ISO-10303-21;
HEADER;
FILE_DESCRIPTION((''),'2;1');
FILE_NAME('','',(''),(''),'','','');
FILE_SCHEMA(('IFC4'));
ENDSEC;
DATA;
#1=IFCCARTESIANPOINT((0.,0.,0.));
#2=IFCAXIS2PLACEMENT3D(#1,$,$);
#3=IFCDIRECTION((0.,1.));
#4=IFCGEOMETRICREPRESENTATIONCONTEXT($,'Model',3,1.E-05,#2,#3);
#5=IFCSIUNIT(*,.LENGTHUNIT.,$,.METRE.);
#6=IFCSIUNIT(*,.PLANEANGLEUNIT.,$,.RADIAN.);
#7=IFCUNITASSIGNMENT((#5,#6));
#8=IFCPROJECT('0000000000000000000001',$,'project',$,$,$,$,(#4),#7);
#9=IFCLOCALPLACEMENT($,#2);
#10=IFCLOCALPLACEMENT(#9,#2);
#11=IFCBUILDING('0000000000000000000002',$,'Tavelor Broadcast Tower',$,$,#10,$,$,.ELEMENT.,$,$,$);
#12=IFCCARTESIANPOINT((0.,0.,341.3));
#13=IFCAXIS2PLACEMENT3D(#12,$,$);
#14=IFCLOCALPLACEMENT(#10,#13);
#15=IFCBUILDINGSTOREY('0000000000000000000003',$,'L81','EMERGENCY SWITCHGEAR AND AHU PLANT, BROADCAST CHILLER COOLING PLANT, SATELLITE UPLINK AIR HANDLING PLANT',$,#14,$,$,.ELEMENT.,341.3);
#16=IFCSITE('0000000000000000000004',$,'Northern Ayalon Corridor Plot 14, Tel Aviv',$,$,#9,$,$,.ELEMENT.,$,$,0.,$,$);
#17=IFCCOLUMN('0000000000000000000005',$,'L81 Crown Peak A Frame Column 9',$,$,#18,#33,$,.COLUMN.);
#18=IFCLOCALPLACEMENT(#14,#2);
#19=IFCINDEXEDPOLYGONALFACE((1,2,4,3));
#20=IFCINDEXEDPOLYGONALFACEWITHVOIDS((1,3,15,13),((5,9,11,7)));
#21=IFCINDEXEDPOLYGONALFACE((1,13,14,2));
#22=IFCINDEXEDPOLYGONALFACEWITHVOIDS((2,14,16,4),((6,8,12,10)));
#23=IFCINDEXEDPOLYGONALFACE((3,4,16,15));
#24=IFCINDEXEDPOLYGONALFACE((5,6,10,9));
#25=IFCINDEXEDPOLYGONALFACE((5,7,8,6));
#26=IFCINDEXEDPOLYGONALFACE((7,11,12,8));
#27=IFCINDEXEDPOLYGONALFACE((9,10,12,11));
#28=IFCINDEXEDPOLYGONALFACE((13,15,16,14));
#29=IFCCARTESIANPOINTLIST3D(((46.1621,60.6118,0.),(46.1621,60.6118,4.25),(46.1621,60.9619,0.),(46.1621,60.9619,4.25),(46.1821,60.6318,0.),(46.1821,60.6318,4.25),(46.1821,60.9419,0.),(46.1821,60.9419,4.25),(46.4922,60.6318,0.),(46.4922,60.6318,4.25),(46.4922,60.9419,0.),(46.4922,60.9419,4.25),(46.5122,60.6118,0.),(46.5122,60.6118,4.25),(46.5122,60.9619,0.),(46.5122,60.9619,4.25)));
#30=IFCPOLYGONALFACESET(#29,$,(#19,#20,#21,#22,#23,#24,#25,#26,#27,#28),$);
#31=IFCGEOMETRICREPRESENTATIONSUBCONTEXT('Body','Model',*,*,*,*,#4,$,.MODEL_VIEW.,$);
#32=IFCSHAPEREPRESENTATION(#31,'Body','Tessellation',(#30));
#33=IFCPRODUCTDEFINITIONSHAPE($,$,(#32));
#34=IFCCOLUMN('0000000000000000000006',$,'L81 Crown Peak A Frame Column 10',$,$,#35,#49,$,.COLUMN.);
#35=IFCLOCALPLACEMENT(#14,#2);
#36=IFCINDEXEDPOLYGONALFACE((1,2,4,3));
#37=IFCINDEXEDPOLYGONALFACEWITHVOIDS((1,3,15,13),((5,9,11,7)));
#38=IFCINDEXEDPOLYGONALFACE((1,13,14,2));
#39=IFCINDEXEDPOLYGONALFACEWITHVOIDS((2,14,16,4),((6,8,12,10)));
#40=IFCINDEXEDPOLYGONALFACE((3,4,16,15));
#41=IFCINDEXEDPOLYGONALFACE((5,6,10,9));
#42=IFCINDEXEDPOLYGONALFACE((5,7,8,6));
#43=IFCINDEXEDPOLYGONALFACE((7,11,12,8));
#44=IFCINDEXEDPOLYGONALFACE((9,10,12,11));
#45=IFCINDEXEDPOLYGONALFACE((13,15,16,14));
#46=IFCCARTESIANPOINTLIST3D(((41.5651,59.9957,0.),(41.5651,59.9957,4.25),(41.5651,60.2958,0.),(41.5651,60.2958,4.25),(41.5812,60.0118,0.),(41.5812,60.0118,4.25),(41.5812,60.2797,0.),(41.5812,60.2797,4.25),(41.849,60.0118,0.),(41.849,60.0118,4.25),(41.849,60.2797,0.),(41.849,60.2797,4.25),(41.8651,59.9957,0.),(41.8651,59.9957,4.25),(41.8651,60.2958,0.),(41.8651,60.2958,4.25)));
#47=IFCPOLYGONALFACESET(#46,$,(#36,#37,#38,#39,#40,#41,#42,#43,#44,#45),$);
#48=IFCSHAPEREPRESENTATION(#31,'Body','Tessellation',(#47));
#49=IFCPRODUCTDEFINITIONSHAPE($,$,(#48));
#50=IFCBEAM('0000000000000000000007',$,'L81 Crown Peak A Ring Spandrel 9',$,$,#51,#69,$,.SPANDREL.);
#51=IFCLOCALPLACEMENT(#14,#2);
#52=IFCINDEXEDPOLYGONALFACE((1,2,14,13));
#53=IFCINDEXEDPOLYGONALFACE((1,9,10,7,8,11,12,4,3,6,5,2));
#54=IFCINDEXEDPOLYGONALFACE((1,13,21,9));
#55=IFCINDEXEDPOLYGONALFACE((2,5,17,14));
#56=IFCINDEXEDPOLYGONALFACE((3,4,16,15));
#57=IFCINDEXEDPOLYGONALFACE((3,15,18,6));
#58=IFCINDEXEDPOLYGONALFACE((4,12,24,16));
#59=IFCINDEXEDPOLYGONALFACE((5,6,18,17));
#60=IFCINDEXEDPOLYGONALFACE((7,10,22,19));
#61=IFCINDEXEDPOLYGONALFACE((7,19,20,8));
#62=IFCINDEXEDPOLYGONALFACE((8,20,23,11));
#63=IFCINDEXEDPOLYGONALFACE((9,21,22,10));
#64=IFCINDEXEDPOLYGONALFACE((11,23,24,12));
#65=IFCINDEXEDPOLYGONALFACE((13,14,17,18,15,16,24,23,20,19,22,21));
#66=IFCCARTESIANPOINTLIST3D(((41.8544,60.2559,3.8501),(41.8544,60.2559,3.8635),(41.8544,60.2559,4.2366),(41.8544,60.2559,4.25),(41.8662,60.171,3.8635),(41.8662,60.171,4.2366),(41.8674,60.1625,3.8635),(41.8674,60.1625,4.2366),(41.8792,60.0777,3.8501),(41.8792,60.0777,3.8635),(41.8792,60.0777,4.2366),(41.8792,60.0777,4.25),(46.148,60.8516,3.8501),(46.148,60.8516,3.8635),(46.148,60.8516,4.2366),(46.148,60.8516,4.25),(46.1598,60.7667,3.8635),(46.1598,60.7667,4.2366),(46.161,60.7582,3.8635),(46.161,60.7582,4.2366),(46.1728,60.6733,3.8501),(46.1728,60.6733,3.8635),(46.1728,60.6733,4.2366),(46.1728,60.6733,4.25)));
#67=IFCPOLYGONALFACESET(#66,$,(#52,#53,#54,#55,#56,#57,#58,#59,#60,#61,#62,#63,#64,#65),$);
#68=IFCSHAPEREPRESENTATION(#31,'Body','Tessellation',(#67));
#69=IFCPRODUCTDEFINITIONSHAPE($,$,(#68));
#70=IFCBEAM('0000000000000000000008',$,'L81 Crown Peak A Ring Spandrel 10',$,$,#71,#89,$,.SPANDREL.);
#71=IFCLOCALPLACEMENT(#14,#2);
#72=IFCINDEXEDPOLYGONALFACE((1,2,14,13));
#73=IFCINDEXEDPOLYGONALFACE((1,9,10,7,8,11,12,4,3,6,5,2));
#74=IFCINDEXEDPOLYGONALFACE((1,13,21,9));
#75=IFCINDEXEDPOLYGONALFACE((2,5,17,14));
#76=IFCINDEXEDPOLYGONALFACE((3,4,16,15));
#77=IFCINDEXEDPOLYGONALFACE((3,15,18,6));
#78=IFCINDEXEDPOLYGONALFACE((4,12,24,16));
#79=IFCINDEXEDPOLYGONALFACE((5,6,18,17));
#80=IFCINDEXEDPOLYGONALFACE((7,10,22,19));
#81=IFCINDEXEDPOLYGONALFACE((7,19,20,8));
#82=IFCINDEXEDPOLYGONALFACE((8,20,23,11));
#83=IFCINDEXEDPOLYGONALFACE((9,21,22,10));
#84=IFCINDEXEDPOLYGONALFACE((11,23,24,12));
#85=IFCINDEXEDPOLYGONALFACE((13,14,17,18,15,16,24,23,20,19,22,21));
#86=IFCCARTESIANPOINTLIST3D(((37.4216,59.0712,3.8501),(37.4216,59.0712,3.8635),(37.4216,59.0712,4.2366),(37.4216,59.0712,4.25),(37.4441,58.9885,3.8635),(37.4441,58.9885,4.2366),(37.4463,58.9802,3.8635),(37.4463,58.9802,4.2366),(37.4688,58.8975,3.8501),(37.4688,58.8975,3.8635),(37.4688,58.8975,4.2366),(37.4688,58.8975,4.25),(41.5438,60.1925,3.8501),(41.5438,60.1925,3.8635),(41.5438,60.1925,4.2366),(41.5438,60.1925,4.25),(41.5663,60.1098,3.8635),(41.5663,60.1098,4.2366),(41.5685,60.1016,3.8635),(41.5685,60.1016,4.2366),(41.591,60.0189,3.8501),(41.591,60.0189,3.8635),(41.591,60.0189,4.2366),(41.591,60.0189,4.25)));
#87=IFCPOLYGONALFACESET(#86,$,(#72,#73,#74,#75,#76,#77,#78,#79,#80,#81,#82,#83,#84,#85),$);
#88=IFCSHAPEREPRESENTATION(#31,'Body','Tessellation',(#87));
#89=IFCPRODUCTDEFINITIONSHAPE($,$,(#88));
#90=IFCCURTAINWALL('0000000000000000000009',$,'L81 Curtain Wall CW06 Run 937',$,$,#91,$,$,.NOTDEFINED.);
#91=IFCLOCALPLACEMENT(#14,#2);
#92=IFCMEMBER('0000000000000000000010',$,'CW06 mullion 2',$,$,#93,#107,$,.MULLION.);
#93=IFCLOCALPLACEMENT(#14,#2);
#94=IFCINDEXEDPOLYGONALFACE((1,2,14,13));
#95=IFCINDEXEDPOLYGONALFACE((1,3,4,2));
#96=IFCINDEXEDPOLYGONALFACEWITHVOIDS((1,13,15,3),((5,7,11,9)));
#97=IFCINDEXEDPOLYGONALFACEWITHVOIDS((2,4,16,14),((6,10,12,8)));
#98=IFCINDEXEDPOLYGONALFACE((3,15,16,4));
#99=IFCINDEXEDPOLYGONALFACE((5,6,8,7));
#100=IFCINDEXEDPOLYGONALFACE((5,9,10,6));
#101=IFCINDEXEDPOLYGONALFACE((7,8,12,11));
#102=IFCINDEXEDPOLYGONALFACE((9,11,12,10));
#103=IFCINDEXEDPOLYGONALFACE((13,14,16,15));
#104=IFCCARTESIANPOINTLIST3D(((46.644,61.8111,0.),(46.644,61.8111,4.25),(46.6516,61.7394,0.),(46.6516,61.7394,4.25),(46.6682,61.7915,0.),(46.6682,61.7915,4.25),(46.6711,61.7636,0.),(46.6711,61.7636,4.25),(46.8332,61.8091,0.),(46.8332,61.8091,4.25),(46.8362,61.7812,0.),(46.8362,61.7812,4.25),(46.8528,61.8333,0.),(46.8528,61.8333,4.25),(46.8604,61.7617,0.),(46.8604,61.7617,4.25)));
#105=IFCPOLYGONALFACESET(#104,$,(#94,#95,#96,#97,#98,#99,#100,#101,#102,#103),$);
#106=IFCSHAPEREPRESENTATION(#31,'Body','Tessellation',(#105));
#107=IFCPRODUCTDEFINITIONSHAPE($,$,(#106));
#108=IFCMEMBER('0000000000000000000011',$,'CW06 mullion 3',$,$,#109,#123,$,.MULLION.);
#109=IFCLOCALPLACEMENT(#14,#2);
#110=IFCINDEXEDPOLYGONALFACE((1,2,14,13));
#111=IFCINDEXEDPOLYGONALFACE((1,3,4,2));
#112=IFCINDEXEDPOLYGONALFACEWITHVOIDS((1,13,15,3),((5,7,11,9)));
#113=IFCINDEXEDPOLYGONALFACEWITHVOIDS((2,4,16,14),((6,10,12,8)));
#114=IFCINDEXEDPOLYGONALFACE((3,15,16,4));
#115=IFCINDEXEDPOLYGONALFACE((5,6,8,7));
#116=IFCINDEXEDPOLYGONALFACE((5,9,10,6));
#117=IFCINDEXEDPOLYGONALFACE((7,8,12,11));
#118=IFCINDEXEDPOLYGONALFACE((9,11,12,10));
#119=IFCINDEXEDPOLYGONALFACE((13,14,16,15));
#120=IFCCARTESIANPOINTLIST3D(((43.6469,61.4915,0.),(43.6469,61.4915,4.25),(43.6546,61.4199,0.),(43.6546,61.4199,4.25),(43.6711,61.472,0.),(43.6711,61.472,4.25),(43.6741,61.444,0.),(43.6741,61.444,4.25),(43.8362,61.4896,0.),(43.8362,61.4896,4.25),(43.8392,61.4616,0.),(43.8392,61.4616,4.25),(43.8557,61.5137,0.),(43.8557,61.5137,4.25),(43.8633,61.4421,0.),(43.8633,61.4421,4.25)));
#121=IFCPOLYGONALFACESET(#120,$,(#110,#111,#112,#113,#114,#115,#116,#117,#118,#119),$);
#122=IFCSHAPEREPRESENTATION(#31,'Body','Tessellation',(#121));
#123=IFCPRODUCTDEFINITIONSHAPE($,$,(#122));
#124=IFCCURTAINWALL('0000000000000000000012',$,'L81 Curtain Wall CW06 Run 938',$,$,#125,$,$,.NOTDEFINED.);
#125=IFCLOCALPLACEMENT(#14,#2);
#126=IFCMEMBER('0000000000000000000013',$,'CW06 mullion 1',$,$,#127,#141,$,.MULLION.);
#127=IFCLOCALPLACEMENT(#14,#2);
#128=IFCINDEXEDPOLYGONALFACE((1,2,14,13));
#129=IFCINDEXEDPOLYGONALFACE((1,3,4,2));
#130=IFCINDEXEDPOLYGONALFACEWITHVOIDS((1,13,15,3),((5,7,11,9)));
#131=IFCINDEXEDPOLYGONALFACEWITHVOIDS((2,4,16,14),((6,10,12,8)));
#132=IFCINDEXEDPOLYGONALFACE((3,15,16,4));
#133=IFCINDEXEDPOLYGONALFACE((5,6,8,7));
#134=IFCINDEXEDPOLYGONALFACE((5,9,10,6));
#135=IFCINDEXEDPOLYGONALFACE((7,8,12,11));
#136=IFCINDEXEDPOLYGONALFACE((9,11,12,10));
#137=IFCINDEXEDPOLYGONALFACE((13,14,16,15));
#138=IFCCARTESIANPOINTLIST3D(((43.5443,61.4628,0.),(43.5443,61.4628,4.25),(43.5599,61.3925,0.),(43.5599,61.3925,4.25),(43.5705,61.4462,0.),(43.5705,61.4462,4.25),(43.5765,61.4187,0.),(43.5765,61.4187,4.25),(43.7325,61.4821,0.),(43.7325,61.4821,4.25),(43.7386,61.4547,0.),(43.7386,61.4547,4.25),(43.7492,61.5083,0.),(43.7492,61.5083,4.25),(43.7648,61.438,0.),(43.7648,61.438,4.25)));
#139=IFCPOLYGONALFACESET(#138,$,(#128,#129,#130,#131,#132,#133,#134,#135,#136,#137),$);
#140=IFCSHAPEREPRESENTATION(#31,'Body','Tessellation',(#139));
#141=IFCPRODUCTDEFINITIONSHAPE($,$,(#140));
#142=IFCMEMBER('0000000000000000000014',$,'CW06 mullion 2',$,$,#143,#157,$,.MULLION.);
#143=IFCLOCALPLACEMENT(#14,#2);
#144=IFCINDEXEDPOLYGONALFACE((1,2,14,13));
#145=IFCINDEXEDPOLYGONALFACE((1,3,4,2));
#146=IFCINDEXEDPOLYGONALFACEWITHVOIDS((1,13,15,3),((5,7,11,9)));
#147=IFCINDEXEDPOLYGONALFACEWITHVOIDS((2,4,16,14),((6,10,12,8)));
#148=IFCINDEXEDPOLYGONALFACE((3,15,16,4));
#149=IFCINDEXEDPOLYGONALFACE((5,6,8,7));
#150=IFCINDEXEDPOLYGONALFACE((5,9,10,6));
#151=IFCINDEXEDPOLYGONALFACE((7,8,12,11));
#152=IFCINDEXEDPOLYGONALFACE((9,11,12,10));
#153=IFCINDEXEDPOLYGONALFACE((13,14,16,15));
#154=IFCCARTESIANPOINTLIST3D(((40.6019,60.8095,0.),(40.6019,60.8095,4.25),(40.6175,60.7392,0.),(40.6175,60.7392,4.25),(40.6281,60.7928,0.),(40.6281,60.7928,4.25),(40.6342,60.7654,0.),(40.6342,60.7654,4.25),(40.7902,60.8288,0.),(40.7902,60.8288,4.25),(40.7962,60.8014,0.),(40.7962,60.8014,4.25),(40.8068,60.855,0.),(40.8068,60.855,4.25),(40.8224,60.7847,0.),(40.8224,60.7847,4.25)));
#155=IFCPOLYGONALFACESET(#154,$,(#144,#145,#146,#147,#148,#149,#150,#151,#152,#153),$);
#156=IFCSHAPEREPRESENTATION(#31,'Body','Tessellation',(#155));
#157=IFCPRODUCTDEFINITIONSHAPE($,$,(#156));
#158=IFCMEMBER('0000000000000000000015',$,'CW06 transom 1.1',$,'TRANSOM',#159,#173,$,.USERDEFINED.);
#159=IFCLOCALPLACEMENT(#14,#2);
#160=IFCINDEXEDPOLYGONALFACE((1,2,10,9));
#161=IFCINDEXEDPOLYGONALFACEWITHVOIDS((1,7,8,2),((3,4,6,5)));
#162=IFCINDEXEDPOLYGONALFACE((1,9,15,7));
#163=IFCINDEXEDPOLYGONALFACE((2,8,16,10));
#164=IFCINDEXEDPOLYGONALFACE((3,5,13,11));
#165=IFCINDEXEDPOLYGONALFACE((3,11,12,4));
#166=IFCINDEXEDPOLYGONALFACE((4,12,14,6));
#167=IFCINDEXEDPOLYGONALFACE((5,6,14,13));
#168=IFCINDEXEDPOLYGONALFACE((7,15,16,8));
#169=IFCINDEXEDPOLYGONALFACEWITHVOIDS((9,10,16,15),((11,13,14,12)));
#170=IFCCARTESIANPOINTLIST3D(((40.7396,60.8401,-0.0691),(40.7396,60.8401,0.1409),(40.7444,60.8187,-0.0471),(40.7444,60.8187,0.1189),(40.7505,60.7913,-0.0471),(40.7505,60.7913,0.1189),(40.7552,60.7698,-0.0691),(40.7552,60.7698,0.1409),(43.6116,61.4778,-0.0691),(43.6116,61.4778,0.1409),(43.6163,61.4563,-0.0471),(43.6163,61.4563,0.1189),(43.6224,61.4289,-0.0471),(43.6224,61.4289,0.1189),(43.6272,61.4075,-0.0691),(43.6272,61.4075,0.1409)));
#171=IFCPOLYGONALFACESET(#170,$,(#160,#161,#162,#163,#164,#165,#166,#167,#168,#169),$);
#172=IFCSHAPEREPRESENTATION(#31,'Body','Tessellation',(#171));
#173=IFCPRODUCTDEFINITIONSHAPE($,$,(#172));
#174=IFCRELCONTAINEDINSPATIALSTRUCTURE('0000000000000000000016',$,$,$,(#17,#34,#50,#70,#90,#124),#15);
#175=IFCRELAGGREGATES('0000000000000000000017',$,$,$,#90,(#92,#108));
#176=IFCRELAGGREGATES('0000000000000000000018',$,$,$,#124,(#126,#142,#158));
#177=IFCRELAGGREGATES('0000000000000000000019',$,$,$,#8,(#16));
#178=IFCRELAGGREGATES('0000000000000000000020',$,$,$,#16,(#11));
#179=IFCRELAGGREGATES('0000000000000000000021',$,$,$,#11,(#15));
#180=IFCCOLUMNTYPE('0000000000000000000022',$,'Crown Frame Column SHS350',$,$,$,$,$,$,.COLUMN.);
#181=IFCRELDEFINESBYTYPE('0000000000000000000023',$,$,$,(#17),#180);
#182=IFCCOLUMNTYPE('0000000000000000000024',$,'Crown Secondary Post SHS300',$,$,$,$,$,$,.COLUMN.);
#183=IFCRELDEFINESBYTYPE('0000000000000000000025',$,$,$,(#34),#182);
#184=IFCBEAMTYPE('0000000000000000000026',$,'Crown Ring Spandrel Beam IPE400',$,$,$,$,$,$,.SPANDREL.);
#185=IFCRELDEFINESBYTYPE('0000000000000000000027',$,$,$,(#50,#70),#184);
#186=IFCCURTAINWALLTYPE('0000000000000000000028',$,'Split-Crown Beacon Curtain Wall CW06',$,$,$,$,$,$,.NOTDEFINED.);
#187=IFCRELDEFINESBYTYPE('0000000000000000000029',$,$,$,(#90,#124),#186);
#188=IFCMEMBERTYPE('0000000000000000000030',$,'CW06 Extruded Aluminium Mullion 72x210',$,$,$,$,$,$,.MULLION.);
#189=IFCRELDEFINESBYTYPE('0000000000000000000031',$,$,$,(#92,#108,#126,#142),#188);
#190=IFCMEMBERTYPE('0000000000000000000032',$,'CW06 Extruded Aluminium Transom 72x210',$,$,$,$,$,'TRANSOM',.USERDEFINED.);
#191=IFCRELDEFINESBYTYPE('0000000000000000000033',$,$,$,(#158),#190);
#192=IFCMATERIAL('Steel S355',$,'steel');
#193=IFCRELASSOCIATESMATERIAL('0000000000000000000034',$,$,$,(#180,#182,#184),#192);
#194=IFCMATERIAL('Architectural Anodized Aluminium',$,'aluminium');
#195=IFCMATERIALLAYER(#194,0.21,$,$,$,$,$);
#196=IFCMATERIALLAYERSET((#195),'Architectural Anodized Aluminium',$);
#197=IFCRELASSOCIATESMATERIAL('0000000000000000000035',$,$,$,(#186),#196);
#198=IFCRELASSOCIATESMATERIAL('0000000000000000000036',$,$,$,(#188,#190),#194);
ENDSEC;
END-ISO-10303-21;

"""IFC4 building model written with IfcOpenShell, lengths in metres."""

from ifc_helpers import new_model, si_unit, direction, frame, origin, origin_2d, place, context, subcontext, project, spatial, hollow_rectangle, i_section, extrude, source, transform, mapped, material, layer, layer_set, material_profile, profile_set, type_object, type_shapes, element, aggregate, save


model = new_model("IFC4")

# Units and contexts
model_context = context("Model", 3, precision=1e-05, world=origin(), true_north=direction((0.0, 1.0)))
body_context = subcontext(model_context, "Body", "Model", "MODEL_VIEW")
ifc_project = project(units=[si_unit("LENGTHUNIT", "METRE"), si_unit("PLANEANGLEUNIT", "RADIAN")], contexts=[model_context])

# Site, building, storey
site_placement = place(None, origin())
site = spatial("IfcSite", under=ifc_project, at=site_placement, Name="Northern Ayalon Corridor Plot 14, Tel Aviv", CompositionType="ELEMENT", RefElevation=0.0)
building_placement = place(site_placement, origin())
building = spatial("IfcBuilding", under=site, at=building_placement, Name="Tavelor Broadcast Tower", CompositionType="ELEMENT")
storey_placement = place(building_placement, frame((0.0, 0.0, 341.3)))
storey = spatial("IfcBuildingStorey", under=building, at=storey_placement, Name="L81", Description="EMERGENCY SWITCHGEAR AND AHU PLANT, BROADCAST CHILLER COOLING PLANT, SATELLITE UPLINK AIR HANDLING PLANT", CompositionType="ELEMENT", Elevation=341.3)

# Columns
ifc_material_1 = material(Name="Steel S355", Category="steel")
ifc_material_profile_1 = material_profile(ifc_material_1, hollow_rectangle(XDim=0.3501, YDim=0.3501, WallThickness=0.02, at=origin_2d()), Name="SHS 350x350x20")
ifc_profile_set_1 = profile_set([ifc_material_profile_1], Name="Steel S355")
column_type_1 = type_object("IfcColumnType", Name="Crown Frame Column SHS350", PredefinedType="COLUMN", material=ifc_profile_set_1)
column_1_placement = place(storey_placement, frame((46.3372, 60.7869, 0.0), z_axis=(0.0, 0.0, 1.0), x_axis=(1.0, 0.0, 0.0)))
element("IfcColumn", 1, at=column_1_placement, inside=storey, type_object=column_type_1, Name="L81 Crown Peak A Frame Column 9", PredefinedType="COLUMN", context=body_context, shape_type="SweptSolid", body=[
    extrude(hollow_rectangle(XDim=0.3501, YDim=0.3501, WallThickness=0.02, at=origin_2d()), origin(), (0.0, 0.0, 1.0), 4.25),
])
ifc_material_profile_2 = material_profile(ifc_material_1, hollow_rectangle(XDim=0.3, YDim=0.3, WallThickness=0.0161, at=origin_2d()), Name="SHS 300x300x16")
ifc_profile_set_2 = profile_set([ifc_material_profile_2], Name="Steel S355")
column_type_2 = type_object("IfcColumnType", Name="Crown Secondary Post SHS300", PredefinedType="COLUMN", material=ifc_profile_set_2)
column_2_placement = place(storey_placement, frame((41.7151, 60.1458, 0.0), z_axis=(0.0, 0.0, 1.0), x_axis=(1.0, 0.0, 0.0)))
element("IfcColumn", 2, at=column_2_placement, inside=storey, type_object=column_type_2, Name="L81 Crown Peak A Frame Column 10", PredefinedType="COLUMN", context=body_context, shape_type="SweptSolid", body=[
    extrude(hollow_rectangle(XDim=0.3, YDim=0.3, WallThickness=0.0161, at=origin_2d()), origin(), (0.0, 0.0, 1.0), 4.25),
])

# Beams
ifc_material_profile_3 = material_profile(ifc_material_1, i_section(OverallWidth=0.1799, OverallDepth=0.3999, WebThickness=0.0085, FlangeThickness=0.0134, at=origin_2d()), Name="IPE 400")
ifc_profile_set_3 = profile_set([ifc_material_profile_3], Name="Steel S355")
beam_type = type_object("IfcBeamType", Name="Crown Ring Spandrel Beam IPE400", PredefinedType="SPANDREL", material=ifc_profile_set_3)
beam_1_placement = place(storey_placement, frame((46.1604, 60.7625, 4.05), z_axis=(-0.990513, -0.137423, 0.0), x_axis=(0.137423, -0.990513, 0.0)))
element("IfcBeam", 3, at=beam_1_placement, inside=storey, type_object=beam_type, Name="L81 Crown Peak A Ring Spandrel 9", PredefinedType="SPANDREL", context=body_context, shape_type="SweptSolid", body=[
    extrude(i_section(OverallWidth=0.1799, OverallDepth=0.3999, WebThickness=0.0085, FlangeThickness=0.0134, at=origin_2d()), origin(), (0.0, 0.0, 1.0), 4.3347),
])
beam_2_placement = place(storey_placement, frame((41.5674, 60.1057, 4.05), z_axis=(-0.964934, -0.262494, 0.0), x_axis=(0.262494, -0.964934, 0.0)))
element("IfcBeam", 4, at=beam_2_placement, inside=storey, type_object=beam_type, Name="L81 Crown Peak A Ring Spandrel 10", PredefinedType="SPANDREL", context=body_context, shape_type="SweptSolid", body=[
    extrude(i_section(OverallWidth=0.1799, OverallDepth=0.3999, WebThickness=0.0085, FlangeThickness=0.0134, at=origin_2d()), origin(), (0.0, 0.0, 1.0), 4.272),
])

# Curtain walls, members
ifc_material_2 = material(Name="Architectural Anodized Aluminium", Category="aluminium")
ifc_layer_1 = layer(ifc_material_2, 0.21)
ifc_layer_set_1 = layer_set([ifc_layer_1], Name="Architectural Anodized Aluminium")
curtain_wall_type = type_object("IfcCurtainWallType", Name="Split-Crown Beacon Curtain Wall CW06", PredefinedType="NOTDEFINED", material=ifc_layer_set_1)
curtain_wall_1_placement = place(storey_placement, origin())
curtain_wall_1 = element("IfcCurtainWall", 5, at=curtain_wall_1_placement, inside=storey, type_object=curtain_wall_type, Name="L81 Curtain Wall CW06 Run 937", PredefinedType="NOTDEFINED")
ifc_material_profile_4 = material_profile(ifc_material_2, hollow_rectangle(XDim=0.072, YDim=0.21, WallThickness=0.022, at=origin_2d()), Name="RHS 72x210x22")
ifc_profile_set_4 = profile_set([ifc_material_profile_4], Name="Architectural Anodized Aluminium")
member_type_1 = type_object("IfcMemberType", Name="CW06 Extruded Aluminium Mullion 72x210", PredefinedType="MULLION", material=ifc_profile_set_4)
shared_shape_1 = source(origin(), body_context, "Body", "SweptSolid", [
    extrude(hollow_rectangle(XDim=0.072, YDim=0.21, WallThickness=0.022, at=origin_2d()), origin(), (0.0, 0.0, 1.0), 4.25),
])
type_shapes(member_type_1, [shared_shape_1])
member_1_placement = place(storey_placement, frame((46.7522, 61.7864, 0.0), z_axis=(0.0, 0.0, 1.0), x_axis=(0.105995, -0.994367, 0.0)))
member_1 = element("IfcMember", 6, at=member_1_placement, type_object=member_type_1, Name="CW06 mullion 2", PredefinedType="MULLION", context=body_context, shape_type="MappedRepresentation", body=[
    mapped(shared_shape_1, transform((0.0, 0.0, 0.0), scale=1.0)),
])
member_2_placement = place(storey_placement, frame((43.7551, 61.4668, 0.0), z_axis=(0.0, 0.0, 1.0), x_axis=(0.105995, -0.994367, 0.0)))
member_2 = element("IfcMember", 7, at=member_2_placement, type_object=member_type_1, Name="CW06 mullion 3", PredefinedType="MULLION", context=body_context, shape_type="MappedRepresentation", body=[
    mapped(shared_shape_1, transform((0.0, 0.0, 0.0), scale=1.0)),
])
curtain_wall_2_placement = place(storey_placement, origin())
curtain_wall_2 = element("IfcCurtainWall", 8, at=curtain_wall_2_placement, inside=storey, type_object=curtain_wall_type, Name="L81 Curtain Wall CW06 Run 938", PredefinedType="NOTDEFINED")
member_3_placement = place(storey_placement, frame((43.6545, 61.4504, 0.0), z_axis=(0.0, 0.0, 1.0), x_axis=(0.216712, -0.976236, 0.0)))
member_3 = element("IfcMember", 9, at=member_3_placement, type_object=member_type_1, Name="CW06 mullion 1", PredefinedType="MULLION", context=body_context, shape_type="MappedRepresentation", body=[
    mapped(shared_shape_1, transform((0.0, 0.0, 0.0), scale=1.0)),
])
member_4_placement = place(storey_placement, frame((40.7122, 60.7971, 0.0), z_axis=(0.0, 0.0, 1.0), x_axis=(0.216712, -0.976236, 0.0)))
member_4 = element("IfcMember", 10, at=member_4_placement, type_object=member_type_1, Name="CW06 mullion 2", PredefinedType="MULLION", context=body_context, shape_type="MappedRepresentation", body=[
    mapped(shared_shape_1, transform((0.0, 0.0, 0.0), scale=1.0)),
])
ifc_material_profile_5 = material_profile(ifc_material_2, hollow_rectangle(XDim=0.072, YDim=0.21, WallThickness=0.022, at=origin_2d()), Name="RHS 72x210x22")
ifc_profile_set_5 = profile_set([ifc_material_profile_5], Name="Architectural Anodized Aluminium")
member_type_2 = type_object("IfcMemberType", Name="CW06 Extruded Aluminium Transom 72x210", ElementType="TRANSOM", PredefinedType="USERDEFINED", material=ifc_profile_set_5)
shared_shape_2 = source(origin(), body_context, "Body", "SweptSolid", [
    extrude(hollow_rectangle(XDim=0.072, YDim=0.21, WallThickness=0.022, at=origin_2d()), origin(), (0.0, 0.0, 1.0), 2.9419),
])
member_5_placement = place(storey_placement, frame((43.6194, 61.4426, 0.0359), z_axis=(-0.976226, -0.216755, 0.0), x_axis=(0.216755, -0.976226, 0.0)))
member_5 = element("IfcMember", 11, at=member_5_placement, type_object=member_type_2, Name="CW06 transom 1.1", ObjectType="TRANSOM", PredefinedType="USERDEFINED", context=body_context, shape_type="MappedRepresentation", body=[
    mapped(shared_shape_2, transform((0.0, 0.0, 0.0), scale=1.0)),
])

aggregate(curtain_wall_1, [member_1, member_2])
aggregate(curtain_wall_2, [member_3, member_4, member_5])

save(model, "model.ifc")
